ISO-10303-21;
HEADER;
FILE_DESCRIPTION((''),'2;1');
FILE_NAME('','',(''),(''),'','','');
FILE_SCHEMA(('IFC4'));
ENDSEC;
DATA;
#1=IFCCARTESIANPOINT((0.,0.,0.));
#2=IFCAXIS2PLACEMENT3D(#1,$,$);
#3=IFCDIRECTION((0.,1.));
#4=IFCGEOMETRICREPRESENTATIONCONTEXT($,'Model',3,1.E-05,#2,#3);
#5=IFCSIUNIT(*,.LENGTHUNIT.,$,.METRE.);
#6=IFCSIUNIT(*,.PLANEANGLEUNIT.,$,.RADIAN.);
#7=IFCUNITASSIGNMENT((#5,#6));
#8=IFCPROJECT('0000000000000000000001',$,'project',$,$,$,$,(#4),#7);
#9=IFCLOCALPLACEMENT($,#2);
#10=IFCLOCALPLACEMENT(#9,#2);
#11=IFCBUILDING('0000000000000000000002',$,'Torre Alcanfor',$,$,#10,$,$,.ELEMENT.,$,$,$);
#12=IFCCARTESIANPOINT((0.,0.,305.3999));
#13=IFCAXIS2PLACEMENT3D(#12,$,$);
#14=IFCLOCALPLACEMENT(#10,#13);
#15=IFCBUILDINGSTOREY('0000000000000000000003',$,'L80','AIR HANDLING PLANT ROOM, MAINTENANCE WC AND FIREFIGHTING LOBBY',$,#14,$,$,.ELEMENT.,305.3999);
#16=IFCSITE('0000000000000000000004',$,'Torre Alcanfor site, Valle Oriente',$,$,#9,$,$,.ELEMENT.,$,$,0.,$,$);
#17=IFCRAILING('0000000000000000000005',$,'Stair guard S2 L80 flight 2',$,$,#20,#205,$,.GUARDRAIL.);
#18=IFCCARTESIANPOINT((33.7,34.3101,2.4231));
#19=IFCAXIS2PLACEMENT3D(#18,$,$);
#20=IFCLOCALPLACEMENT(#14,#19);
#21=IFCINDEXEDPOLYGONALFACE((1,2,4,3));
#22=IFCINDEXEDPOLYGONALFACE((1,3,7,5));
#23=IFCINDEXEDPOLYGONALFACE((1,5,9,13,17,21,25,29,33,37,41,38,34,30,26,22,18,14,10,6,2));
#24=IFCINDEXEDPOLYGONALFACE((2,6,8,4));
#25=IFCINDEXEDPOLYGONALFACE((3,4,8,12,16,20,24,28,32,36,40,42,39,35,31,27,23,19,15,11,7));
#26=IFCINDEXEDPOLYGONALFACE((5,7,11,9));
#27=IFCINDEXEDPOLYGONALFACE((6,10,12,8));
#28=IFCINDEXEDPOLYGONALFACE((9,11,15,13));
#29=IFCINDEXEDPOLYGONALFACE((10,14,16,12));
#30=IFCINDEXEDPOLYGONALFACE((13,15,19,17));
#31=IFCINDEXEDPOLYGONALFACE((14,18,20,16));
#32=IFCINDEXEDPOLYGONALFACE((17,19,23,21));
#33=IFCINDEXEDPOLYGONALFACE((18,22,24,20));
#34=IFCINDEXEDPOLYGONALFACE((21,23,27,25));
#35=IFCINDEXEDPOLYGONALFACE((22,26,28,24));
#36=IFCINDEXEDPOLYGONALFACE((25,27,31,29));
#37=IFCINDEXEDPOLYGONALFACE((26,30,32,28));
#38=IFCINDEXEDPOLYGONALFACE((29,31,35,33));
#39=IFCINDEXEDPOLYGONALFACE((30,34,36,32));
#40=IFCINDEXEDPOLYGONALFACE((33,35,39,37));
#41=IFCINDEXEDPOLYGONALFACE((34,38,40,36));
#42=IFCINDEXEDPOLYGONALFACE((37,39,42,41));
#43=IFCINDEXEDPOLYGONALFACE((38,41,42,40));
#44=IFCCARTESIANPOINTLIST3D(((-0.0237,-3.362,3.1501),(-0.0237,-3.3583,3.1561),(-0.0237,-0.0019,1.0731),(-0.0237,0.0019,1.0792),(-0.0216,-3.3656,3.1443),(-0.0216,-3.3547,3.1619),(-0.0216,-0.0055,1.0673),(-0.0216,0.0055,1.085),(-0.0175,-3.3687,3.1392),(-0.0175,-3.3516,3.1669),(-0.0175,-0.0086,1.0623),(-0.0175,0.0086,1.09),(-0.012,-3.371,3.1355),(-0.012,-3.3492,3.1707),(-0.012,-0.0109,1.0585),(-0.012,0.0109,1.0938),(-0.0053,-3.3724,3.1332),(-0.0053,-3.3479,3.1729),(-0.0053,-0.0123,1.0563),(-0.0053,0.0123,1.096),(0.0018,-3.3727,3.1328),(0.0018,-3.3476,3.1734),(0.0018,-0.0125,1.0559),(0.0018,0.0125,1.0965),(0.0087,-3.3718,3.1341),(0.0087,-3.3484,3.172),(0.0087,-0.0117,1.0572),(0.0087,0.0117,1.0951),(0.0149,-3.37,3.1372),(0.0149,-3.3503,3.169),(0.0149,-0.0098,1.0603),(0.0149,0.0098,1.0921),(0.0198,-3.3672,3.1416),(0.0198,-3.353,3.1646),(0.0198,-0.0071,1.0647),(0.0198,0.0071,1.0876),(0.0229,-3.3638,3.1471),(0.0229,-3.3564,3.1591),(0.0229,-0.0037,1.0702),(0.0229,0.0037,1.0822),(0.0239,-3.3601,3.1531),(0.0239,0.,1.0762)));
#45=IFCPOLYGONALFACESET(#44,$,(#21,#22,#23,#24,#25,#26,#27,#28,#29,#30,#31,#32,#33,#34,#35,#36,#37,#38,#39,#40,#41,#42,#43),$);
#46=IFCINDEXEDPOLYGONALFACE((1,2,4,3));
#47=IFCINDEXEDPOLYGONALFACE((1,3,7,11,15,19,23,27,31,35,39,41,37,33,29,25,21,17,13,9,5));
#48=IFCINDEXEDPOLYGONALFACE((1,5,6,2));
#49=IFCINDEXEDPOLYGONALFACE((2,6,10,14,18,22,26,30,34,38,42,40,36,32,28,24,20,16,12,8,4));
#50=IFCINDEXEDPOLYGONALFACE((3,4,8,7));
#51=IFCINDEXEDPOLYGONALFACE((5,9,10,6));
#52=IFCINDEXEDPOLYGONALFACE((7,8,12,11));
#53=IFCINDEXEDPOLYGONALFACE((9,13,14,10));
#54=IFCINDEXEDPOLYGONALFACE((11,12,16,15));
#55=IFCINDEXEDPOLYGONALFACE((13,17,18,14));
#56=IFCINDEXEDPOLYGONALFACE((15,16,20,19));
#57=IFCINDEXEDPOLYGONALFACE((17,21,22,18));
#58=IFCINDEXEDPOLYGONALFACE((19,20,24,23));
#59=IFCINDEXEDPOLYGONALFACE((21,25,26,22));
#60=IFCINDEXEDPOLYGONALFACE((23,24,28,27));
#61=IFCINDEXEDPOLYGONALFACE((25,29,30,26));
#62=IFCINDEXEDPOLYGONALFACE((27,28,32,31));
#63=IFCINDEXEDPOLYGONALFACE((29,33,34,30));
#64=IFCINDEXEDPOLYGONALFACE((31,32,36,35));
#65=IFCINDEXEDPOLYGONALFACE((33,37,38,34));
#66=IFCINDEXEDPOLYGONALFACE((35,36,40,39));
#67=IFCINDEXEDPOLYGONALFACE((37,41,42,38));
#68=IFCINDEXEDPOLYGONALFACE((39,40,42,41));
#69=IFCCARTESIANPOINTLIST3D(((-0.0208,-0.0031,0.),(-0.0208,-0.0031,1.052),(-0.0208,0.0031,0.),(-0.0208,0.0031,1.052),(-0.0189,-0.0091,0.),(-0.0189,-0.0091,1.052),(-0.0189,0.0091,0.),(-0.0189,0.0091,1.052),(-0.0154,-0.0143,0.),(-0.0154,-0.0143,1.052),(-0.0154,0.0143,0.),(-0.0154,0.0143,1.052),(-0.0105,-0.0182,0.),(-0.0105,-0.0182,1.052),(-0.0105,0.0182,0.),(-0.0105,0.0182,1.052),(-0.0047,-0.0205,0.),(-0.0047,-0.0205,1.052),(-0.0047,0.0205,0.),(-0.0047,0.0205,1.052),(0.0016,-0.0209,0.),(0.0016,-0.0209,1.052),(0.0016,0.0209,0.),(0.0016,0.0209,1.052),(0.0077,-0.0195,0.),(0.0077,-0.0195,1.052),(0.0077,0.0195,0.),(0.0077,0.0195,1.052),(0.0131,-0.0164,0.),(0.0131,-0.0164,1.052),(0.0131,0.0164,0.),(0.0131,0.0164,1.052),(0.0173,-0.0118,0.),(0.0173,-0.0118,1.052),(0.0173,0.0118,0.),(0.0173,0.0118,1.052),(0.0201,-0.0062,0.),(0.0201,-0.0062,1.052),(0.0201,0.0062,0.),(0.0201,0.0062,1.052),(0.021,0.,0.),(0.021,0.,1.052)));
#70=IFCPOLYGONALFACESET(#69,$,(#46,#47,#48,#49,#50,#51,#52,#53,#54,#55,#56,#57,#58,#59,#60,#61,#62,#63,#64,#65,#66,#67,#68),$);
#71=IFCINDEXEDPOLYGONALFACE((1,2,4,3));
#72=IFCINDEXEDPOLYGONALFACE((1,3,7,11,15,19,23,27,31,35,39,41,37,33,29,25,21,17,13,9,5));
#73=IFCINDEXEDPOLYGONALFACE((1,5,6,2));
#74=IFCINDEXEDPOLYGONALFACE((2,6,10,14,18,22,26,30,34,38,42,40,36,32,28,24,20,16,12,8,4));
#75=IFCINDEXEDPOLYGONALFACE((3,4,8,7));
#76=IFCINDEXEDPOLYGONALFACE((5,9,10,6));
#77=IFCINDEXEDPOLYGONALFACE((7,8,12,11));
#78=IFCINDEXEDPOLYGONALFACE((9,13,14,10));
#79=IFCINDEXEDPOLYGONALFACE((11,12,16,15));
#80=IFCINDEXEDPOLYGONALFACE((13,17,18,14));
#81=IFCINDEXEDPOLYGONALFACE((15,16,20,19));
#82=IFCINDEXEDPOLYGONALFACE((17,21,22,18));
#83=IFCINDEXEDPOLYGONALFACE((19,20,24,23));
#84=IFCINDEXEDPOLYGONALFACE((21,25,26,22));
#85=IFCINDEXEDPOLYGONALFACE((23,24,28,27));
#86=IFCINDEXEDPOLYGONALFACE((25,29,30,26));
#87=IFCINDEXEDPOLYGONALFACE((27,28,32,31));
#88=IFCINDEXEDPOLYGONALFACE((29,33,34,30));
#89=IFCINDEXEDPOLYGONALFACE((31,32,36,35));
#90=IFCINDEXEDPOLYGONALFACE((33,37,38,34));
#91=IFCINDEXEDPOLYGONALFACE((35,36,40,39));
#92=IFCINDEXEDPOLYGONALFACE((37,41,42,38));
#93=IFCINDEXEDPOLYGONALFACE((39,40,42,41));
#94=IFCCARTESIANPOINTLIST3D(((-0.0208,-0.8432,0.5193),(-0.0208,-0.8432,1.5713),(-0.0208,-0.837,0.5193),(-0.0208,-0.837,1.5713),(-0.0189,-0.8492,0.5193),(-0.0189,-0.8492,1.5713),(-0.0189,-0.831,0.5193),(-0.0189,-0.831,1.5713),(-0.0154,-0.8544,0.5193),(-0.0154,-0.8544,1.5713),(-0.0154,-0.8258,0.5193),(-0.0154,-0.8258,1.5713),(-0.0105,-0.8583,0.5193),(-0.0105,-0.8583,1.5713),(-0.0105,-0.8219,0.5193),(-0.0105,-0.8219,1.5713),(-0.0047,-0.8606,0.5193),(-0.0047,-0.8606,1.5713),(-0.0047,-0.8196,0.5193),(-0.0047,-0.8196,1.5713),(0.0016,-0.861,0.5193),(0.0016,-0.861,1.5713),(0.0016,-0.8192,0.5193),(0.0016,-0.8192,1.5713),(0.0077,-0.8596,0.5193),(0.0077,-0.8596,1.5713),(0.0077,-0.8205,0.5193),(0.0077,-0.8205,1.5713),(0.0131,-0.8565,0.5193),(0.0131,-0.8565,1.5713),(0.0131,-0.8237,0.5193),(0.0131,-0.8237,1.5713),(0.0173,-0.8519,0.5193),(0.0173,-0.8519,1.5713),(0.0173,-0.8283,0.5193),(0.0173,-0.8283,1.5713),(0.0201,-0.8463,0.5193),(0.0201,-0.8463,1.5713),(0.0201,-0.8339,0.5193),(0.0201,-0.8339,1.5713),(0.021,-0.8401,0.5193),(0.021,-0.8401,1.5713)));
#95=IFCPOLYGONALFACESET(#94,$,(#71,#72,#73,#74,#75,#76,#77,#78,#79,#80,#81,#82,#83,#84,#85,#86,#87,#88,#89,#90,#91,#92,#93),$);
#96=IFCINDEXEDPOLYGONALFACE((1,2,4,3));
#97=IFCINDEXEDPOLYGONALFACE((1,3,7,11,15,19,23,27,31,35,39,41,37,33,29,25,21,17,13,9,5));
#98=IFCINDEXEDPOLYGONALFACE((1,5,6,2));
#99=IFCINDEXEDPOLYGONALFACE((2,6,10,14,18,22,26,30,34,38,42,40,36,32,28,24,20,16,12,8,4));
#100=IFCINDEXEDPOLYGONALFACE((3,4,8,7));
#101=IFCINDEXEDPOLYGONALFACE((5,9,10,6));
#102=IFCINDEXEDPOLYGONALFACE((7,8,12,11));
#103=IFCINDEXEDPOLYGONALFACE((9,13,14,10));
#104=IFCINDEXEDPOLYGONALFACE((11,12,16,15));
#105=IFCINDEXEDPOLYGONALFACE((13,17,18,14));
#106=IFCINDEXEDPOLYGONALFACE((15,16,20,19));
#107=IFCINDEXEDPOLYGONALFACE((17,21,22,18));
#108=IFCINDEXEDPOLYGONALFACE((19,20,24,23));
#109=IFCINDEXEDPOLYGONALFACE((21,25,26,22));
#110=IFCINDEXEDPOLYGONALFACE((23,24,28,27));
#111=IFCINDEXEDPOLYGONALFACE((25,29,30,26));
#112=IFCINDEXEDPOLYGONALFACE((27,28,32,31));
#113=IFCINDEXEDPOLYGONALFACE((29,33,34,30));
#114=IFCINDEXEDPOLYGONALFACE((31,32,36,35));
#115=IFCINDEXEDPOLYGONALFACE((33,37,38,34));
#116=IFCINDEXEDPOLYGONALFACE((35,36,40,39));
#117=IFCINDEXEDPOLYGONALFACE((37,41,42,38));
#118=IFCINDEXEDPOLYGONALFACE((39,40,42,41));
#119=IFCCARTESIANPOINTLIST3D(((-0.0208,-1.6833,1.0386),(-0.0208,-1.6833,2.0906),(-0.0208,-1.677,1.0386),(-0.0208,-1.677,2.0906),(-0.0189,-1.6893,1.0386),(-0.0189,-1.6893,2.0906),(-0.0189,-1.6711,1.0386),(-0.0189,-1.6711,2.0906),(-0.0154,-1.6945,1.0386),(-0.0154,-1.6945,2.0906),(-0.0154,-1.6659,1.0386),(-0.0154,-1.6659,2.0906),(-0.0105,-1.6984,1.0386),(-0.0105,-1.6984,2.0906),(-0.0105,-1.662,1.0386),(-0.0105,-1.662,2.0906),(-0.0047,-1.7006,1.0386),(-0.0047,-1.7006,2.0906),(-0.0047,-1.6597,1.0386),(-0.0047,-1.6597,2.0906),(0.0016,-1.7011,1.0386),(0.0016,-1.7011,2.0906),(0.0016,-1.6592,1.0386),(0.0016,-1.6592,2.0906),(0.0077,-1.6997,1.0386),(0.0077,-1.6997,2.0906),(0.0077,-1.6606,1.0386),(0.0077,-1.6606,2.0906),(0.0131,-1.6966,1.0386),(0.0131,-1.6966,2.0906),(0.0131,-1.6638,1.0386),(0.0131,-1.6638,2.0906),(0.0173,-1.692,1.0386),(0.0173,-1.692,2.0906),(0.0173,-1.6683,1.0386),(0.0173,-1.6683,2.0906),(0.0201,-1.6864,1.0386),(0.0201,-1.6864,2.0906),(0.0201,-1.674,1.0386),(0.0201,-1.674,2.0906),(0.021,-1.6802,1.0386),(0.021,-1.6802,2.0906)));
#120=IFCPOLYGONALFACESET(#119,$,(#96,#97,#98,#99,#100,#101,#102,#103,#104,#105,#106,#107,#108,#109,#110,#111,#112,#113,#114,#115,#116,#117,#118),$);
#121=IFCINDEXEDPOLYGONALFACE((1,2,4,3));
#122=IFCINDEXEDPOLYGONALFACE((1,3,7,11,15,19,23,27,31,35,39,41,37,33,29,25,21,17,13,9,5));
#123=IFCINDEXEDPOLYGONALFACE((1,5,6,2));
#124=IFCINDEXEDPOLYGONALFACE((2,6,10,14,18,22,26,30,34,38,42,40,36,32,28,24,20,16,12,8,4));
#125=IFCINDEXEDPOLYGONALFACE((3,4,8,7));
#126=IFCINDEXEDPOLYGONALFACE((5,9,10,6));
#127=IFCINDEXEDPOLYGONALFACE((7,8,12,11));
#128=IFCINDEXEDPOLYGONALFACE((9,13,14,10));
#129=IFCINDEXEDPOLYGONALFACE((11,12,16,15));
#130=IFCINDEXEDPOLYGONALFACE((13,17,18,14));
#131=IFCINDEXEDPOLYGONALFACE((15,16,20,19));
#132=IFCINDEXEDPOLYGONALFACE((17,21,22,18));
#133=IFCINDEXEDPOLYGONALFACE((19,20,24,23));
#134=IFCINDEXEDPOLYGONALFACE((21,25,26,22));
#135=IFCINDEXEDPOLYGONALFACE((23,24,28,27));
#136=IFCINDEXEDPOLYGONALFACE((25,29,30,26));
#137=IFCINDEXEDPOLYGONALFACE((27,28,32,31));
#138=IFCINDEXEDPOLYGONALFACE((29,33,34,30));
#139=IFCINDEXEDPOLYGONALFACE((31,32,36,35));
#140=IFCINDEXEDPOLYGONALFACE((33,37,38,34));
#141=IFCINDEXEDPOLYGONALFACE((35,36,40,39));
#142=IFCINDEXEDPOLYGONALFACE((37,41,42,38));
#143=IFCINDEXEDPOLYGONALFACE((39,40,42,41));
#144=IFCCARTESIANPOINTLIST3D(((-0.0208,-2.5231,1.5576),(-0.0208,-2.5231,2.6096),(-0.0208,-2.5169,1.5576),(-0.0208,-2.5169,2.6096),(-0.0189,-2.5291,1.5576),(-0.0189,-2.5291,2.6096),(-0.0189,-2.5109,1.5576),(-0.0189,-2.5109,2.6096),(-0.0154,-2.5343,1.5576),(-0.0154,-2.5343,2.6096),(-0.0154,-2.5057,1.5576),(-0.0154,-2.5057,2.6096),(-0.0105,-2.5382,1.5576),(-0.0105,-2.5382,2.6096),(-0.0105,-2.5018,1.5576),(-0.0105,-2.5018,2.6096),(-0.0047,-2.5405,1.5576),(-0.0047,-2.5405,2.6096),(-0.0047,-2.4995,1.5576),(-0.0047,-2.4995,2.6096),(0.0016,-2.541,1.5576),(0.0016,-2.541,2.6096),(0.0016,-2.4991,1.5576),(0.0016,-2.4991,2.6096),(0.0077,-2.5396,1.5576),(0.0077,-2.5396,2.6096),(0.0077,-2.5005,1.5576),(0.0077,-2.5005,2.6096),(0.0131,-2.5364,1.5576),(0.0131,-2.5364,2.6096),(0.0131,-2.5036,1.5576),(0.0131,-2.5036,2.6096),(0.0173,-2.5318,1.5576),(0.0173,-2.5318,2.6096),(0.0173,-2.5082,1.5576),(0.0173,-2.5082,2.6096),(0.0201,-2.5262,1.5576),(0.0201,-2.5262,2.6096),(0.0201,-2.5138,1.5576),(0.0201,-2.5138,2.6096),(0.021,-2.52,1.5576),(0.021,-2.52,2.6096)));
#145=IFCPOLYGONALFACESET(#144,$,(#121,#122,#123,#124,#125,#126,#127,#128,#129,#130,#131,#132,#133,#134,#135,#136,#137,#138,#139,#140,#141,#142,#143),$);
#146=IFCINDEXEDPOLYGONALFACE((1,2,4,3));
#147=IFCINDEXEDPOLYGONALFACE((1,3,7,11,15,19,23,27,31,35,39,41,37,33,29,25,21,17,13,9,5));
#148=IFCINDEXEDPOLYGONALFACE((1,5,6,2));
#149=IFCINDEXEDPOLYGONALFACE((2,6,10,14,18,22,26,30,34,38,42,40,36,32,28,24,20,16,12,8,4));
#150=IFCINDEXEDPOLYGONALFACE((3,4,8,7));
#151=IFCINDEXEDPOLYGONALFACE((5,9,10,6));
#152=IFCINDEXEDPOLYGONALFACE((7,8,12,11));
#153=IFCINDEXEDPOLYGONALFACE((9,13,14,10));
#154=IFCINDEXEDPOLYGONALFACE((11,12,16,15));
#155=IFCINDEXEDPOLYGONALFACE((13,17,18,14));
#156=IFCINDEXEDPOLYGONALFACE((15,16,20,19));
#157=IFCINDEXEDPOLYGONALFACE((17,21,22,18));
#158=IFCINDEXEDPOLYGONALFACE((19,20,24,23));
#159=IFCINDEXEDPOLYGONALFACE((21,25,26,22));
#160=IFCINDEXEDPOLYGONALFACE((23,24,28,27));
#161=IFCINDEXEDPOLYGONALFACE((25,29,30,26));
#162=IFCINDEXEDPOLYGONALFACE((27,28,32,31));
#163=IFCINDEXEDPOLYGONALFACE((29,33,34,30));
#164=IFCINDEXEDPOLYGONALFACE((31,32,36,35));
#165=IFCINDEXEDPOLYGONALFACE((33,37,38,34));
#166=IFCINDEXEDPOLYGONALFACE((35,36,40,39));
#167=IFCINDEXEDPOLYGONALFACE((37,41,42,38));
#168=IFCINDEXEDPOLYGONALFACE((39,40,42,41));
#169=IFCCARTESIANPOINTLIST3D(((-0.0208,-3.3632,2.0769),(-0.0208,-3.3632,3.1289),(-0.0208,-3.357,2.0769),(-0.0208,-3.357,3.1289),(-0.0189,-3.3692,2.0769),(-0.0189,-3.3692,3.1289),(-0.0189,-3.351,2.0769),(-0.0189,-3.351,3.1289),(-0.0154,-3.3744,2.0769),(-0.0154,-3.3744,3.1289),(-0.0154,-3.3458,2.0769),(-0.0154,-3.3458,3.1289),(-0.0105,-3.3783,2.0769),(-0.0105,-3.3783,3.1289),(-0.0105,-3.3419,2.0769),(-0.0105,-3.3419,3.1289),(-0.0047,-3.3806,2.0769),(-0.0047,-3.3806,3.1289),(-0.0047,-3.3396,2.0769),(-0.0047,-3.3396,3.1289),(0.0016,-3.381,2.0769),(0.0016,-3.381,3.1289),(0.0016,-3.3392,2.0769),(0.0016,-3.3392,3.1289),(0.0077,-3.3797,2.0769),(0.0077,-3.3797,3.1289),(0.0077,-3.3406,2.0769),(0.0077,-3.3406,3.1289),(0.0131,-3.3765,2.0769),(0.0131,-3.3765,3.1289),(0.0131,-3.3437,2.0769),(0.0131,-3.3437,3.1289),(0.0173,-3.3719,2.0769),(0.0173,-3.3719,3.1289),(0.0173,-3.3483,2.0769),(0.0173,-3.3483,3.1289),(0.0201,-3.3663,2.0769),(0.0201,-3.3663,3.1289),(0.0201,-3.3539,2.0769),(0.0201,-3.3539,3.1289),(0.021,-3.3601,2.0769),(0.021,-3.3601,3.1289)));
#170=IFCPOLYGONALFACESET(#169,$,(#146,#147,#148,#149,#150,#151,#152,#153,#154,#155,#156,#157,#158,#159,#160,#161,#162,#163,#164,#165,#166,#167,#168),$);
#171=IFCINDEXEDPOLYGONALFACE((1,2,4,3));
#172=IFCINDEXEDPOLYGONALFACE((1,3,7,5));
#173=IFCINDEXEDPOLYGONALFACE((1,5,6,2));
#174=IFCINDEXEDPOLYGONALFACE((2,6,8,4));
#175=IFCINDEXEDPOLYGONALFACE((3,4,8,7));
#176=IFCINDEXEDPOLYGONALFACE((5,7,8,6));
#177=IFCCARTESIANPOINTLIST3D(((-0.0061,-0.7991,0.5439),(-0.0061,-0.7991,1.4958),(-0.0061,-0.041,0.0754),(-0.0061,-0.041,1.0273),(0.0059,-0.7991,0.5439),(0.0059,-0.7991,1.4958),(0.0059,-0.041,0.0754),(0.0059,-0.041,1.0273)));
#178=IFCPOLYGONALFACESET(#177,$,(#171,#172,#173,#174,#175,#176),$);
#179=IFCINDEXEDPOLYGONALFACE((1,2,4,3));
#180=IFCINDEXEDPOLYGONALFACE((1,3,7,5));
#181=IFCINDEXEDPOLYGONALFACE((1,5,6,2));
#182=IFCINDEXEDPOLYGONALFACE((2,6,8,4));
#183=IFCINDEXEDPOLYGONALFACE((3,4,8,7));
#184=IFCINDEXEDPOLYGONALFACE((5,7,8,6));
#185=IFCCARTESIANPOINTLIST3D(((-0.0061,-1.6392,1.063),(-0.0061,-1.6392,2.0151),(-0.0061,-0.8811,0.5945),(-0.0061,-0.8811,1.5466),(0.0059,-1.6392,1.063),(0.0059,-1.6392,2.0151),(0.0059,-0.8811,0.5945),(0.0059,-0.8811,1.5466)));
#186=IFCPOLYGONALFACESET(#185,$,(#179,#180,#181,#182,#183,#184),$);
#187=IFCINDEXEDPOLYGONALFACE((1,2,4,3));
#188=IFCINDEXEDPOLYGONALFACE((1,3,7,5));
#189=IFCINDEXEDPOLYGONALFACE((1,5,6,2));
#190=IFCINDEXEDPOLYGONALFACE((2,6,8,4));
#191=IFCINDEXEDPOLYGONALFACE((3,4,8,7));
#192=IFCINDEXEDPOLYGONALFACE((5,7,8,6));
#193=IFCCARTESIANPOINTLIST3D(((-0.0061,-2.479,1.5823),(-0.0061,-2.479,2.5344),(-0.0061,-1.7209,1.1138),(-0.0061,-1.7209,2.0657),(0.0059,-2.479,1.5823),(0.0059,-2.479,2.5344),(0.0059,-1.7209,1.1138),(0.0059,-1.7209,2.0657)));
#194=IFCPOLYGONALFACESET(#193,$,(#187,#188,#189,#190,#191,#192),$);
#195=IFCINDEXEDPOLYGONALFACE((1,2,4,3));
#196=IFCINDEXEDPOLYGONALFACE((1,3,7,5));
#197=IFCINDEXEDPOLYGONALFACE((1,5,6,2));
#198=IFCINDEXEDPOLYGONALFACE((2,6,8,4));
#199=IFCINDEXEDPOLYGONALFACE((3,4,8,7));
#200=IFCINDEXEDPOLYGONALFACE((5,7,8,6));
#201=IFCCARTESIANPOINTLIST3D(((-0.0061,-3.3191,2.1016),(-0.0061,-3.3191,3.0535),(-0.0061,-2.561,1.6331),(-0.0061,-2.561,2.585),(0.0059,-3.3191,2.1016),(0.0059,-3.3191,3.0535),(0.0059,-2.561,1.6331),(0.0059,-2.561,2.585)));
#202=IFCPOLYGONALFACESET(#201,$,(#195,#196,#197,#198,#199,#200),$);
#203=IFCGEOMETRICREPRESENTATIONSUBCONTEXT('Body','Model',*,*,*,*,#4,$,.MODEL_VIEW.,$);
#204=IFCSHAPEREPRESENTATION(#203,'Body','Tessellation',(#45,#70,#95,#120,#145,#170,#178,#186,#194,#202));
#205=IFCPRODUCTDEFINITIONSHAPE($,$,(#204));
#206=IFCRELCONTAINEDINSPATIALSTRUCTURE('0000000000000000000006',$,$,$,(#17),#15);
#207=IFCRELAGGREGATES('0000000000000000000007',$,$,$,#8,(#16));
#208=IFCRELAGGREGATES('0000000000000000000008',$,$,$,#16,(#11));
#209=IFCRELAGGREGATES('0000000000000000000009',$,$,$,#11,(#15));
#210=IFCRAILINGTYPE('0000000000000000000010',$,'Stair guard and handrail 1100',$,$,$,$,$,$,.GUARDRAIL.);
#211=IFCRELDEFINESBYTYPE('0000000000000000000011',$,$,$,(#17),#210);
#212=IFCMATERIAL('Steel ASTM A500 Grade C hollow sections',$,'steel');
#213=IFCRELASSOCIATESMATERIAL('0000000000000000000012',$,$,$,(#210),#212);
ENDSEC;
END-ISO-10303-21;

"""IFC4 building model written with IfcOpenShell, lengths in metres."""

from ifc_helpers import new_model, si_unit, direction, frame, origin, origin_2d, place, context, subcontext, project, spatial, polyline, circle, outline, extrude, material, type_object, element, save


model = new_model("IFC4")

# Units and contexts
model_context = context("Model", 3, precision=1e-05, world=origin(), true_north=direction((0.0, 1.0)))
body_context = subcontext(model_context, "Body", "Model", "MODEL_VIEW")
ifc_project = project(units=[si_unit("LENGTHUNIT", "METRE"), si_unit("PLANEANGLEUNIT", "RADIAN")], contexts=[model_context])

# Site, building, storey
site_placement = place(None, origin())
site = spatial("IfcSite", under=ifc_project, at=site_placement, Name="Torre Alcanfor site, Valle Oriente", CompositionType="ELEMENT", RefElevation=0.0)
building_placement = place(site_placement, origin())
building = spatial("IfcBuilding", under=site, at=building_placement, Name="Torre Alcanfor", CompositionType="ELEMENT")
storey_placement = place(building_placement, frame((0.0, 0.0, 305.3999)))
storey = spatial("IfcBuildingStorey", under=building, at=storey_placement, Name="L80", Description="AIR HANDLING PLANT ROOM, MAINTENANCE WC AND FIREFIGHTING LOBBY", CompositionType="ELEMENT", Elevation=305.3999)

# Railing
ifc_material_1 = material(Name="Steel ASTM A500 Grade C hollow sections", Category="steel")
railing_type_1 = type_object("IfcRailingType", Name="Stair guard and handrail 1100", PredefinedType="GUARDRAIL", material=ifc_material_1)
railing_1_placement = place(storey_placement, frame((33.7, 34.3101, 2.4231)))
element("IfcRailing", 1, at=railing_1_placement, inside=storey, type_object=railing_type_1, Name="Stair guard S2 L80 flight 2", PredefinedType="GUARDRAIL", context=body_context, shape_type="SweptSolid", body=[
    extrude(circle(Radius=0.0239, at=origin_2d()), frame((0.0, 0.0, 1.0762), z_axis=(0.0, -0.850623, 0.525776), x_axis=(1.0, 0.0, 0.0)), (0.0, 0.0, 1.0), 3.9502),
    extrude(circle(Radius=0.021, at=origin_2d()), origin(), (0.0, 0.0, 1.0), 1.052),
    extrude(circle(Radius=0.021, at=origin_2d()), frame((0.0, -0.8401, 0.5193)), (0.0, 0.0, 1.0), 1.052),
    extrude(circle(Radius=0.021, at=origin_2d()), frame((0.0, -1.6802, 1.0386)), (0.0, 0.0, 1.0), 1.052),
    extrude(circle(Radius=0.021, at=origin_2d()), frame((0.0, -2.52, 1.5576)), (0.0, 0.0, 1.0), 1.052),
    extrude(circle(Radius=0.021, at=origin_2d()), frame((0.0, -3.3601, 2.0769)), (0.0, 0.0, 1.0), 1.052),
    extrude(outline(polyline([(0.041, 0.0754), (0.7991, 0.5439), (0.7991, 1.4958), (0.041, 1.0273), (0.041, 0.0754)])), frame((0.0059, 0.0, 0.0), z_axis=(-1.0, 0.0, 0.0), x_axis=(0.0, -1.0, 0.0)), (0.0, 0.0, 1.0), 0.012),
    extrude(outline(polyline([(0.8811, 0.5945), (1.6392, 1.063), (1.6392, 2.0151), (0.8811, 1.5466), (0.8811, 0.5945)])), frame((0.0059, 0.0, 0.0), z_axis=(-1.0, 0.0, 0.0), x_axis=(0.0, -1.0, 0.0)), (0.0, 0.0, 1.0), 0.012),
    extrude(outline(polyline([(1.7209, 1.1138), (2.479, 1.5823), (2.479, 2.5344), (1.7209, 2.0657), (1.7209, 1.1138)])), frame((0.0059, 0.0, 0.0), z_axis=(-1.0, 0.0, 0.0), x_axis=(0.0, -1.0, 0.0)), (0.0, 0.0, 1.0), 0.012),
    extrude(outline(polyline([(2.561, 1.6331), (3.3191, 2.1016), (3.3191, 3.0535), (2.561, 2.585), (2.561, 1.6331)])), frame((0.0059, 0.0, 0.0), z_axis=(-1.0, 0.0, 0.0), x_axis=(0.0, -1.0, 0.0)), (0.0, 0.0, 1.0), 0.012),
])

save(model, "model.ifc")
